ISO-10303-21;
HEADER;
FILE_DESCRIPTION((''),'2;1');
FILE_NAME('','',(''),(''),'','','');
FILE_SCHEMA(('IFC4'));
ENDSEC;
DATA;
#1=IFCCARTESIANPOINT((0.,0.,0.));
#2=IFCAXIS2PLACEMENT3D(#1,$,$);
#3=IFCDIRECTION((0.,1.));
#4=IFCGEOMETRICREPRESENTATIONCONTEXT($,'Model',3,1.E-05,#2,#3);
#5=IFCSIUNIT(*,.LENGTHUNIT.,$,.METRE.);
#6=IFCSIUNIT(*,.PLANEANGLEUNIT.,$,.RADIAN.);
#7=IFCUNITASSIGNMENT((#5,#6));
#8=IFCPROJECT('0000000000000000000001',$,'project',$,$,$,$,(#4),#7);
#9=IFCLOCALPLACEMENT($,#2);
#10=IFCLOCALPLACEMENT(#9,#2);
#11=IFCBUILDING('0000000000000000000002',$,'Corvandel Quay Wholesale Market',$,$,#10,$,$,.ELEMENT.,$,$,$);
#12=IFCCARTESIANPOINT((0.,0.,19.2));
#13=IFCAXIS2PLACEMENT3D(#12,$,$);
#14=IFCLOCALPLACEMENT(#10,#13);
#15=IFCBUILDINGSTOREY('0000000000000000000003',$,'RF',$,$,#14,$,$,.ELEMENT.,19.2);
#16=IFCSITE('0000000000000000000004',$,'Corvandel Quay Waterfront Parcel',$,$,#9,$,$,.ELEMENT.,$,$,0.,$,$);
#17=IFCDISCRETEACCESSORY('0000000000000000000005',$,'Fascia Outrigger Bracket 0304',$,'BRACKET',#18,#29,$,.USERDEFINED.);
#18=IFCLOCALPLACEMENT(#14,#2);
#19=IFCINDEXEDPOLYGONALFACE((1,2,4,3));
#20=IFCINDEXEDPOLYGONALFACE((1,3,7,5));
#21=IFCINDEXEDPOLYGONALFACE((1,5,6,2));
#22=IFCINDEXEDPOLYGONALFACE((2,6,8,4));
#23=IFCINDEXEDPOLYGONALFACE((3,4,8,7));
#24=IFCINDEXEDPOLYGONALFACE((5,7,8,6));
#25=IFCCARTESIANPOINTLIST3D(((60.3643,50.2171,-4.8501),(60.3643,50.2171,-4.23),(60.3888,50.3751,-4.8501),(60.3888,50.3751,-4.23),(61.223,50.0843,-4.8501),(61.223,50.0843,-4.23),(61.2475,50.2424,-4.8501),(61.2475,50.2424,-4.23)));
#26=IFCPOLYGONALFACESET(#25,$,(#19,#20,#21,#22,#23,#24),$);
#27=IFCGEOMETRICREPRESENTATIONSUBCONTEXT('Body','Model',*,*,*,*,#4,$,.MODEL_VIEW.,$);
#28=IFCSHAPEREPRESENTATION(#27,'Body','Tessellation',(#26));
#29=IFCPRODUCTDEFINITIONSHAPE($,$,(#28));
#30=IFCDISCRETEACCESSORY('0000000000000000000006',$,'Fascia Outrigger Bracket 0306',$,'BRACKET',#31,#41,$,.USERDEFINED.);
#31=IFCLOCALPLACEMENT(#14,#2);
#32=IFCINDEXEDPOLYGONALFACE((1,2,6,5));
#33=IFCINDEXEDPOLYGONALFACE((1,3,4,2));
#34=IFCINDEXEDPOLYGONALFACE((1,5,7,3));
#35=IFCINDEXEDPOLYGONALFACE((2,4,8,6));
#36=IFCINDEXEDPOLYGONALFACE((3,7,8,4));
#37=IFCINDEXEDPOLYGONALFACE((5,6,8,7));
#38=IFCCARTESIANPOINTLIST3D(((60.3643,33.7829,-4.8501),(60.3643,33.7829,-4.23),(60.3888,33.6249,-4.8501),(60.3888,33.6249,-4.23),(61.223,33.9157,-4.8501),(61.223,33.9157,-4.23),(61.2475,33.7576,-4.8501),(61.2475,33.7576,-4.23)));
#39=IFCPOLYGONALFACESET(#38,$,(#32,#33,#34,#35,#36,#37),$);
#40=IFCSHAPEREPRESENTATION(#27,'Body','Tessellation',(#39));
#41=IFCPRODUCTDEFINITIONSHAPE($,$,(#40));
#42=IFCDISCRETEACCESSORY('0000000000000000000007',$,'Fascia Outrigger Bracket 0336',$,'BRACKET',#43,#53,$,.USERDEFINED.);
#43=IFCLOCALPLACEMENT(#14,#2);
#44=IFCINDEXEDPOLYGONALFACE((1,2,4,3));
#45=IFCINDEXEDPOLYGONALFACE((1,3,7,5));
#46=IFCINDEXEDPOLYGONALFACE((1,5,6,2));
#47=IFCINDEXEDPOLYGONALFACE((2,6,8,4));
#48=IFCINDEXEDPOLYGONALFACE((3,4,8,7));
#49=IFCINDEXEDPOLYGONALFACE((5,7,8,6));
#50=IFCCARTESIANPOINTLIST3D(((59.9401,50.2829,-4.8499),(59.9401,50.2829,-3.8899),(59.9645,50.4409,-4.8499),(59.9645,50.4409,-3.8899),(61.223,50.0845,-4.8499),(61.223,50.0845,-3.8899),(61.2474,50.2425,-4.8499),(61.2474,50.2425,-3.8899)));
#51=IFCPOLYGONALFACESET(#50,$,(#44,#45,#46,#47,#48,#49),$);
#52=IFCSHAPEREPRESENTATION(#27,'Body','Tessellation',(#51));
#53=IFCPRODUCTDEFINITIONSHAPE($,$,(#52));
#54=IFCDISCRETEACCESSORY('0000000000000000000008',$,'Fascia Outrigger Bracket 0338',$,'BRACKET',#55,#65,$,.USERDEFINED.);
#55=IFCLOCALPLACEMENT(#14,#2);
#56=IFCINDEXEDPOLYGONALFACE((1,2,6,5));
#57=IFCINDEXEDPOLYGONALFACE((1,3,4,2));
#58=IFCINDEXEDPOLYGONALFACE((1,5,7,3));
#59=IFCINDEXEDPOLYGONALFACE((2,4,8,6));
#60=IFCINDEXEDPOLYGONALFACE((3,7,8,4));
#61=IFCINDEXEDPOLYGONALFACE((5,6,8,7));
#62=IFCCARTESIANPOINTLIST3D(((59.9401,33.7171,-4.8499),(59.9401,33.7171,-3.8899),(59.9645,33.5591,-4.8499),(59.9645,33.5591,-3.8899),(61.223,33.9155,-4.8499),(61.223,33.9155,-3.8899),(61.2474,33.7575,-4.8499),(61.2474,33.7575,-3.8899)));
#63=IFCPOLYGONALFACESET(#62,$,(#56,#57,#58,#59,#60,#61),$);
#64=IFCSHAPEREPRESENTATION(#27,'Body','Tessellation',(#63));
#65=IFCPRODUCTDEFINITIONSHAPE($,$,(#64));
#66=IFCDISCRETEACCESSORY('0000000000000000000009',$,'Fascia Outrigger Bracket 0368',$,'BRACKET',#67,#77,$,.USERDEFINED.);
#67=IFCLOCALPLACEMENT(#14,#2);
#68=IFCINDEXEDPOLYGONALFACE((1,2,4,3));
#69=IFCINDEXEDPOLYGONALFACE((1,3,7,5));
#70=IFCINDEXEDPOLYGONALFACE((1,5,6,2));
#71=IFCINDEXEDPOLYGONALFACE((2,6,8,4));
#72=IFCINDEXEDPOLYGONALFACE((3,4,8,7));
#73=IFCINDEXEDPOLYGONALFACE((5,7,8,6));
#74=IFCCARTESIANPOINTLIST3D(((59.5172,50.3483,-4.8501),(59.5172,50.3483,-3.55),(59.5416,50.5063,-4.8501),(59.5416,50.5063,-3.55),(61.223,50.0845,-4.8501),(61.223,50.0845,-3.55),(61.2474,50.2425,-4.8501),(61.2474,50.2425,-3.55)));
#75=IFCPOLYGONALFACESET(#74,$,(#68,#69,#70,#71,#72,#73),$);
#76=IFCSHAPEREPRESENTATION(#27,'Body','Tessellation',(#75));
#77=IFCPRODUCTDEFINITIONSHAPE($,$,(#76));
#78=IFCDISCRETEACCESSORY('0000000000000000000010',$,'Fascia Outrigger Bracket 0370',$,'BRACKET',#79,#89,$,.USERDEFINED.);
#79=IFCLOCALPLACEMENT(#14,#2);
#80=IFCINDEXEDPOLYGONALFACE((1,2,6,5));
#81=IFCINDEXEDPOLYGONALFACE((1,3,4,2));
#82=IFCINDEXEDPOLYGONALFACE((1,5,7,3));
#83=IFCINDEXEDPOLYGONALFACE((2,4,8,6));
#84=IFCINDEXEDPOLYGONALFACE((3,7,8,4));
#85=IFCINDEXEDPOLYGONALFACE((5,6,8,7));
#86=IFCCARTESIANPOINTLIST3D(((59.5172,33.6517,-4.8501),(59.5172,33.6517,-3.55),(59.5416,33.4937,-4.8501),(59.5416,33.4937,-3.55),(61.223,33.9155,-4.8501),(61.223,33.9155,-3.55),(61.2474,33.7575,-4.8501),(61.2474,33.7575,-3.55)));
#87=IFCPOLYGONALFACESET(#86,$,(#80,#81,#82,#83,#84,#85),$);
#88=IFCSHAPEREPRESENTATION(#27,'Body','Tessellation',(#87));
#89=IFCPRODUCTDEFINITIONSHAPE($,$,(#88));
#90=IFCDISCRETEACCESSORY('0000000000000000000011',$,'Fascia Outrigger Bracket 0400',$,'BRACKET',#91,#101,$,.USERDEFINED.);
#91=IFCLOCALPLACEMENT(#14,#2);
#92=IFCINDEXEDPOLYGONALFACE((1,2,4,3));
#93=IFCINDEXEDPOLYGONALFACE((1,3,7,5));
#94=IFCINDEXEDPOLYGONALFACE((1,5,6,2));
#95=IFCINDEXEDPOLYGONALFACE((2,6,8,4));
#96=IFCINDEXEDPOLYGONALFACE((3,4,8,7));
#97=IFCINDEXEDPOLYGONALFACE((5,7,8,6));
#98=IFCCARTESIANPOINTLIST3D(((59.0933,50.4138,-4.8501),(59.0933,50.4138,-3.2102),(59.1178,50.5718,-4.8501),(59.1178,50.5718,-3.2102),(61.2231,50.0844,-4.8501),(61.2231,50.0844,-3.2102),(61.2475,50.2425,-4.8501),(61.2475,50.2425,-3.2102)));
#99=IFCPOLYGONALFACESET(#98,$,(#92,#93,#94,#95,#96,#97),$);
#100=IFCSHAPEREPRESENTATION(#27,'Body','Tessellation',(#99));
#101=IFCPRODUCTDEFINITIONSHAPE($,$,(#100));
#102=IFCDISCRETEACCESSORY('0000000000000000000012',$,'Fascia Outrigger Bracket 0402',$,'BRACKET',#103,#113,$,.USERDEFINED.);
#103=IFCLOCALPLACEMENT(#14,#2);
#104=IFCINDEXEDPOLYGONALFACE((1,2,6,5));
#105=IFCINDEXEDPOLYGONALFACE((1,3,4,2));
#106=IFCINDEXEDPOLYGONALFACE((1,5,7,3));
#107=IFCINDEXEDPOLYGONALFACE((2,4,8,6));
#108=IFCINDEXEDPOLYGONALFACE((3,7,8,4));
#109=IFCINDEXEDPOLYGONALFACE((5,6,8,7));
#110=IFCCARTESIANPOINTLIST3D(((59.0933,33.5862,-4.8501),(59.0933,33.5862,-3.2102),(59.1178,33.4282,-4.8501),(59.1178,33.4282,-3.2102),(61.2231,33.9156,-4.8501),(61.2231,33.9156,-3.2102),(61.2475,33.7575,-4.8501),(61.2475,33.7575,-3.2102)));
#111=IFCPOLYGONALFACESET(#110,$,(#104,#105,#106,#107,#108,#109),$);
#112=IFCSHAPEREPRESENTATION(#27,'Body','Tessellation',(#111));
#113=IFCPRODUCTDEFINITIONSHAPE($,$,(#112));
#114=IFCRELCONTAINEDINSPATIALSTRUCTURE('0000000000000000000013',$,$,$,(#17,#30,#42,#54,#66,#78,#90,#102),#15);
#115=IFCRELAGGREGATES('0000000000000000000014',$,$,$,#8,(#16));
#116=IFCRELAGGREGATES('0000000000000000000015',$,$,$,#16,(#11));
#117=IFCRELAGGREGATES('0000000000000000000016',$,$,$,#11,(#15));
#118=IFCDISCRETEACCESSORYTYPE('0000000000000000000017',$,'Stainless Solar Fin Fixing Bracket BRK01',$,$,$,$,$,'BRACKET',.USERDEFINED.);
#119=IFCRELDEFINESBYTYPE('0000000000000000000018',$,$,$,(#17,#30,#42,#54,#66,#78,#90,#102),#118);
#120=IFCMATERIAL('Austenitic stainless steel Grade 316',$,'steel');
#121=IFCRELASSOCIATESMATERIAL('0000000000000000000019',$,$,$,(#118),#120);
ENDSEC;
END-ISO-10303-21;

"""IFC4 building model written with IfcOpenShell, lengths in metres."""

from ifc_helpers import new_model, si_unit, direction, frame, origin, origin_2d, place, context, subcontext, project, spatial, rectangle, extrude, material, type_object, element, save


model = new_model("IFC4")

# Units and contexts
model_context = context("Model", 3, precision=1e-05, world=origin(), true_north=direction((0.0, 1.0)))
body_context = subcontext(model_context, "Body", "Model", "MODEL_VIEW")
ifc_project = project(units=[si_unit("LENGTHUNIT", "METRE"), si_unit("PLANEANGLEUNIT", "RADIAN")], contexts=[model_context])

# Site, building, storey
site_placement = place(None, origin())
site = spatial("IfcSite", under=ifc_project, at=site_placement, Name="Corvandel Quay Waterfront Parcel", CompositionType="ELEMENT", RefElevation=0.0)
building_placement = place(site_placement, origin())
building = spatial("IfcBuilding", under=site, at=building_placement, Name="Corvandel Quay Wholesale Market", CompositionType="ELEMENT")
storey_placement = place(building_placement, frame((0.0, 0.0, 19.2)))
storey = spatial("IfcBuildingStorey", under=building, at=storey_placement, Name="RF", CompositionType="ELEMENT", Elevation=19.2)

# Discrete accessories
ifc_material_1 = material(Name="Austenitic stainless steel Grade 316", Category="steel")
discrete_accessory_type = type_object("IfcDiscreteAccessoryType", Name="Stainless Solar Fin Fixing Bracket BRK01", ElementType="BRACKET", PredefinedType="USERDEFINED", material=ifc_material_1)
for number, where, z_axis, x_axis, name in (
    (1, (60.8059, 50.2297, -4.8501), (0.0, 0.0, 1.0), (-0.988255, 0.152813, 0.0), "Fascia Outrigger Bracket 0304"),
    (2, (60.8059, 33.7703, -4.8501), (0.0, 0.0, 1.0), (0.988255, 0.152813, 0.0), "Fascia Outrigger Bracket 0306"),
):
    element("IfcDiscreteAccessory", number, at=place(storey_placement, frame(where, z_axis=z_axis, x_axis=x_axis)), inside=storey, type_object=discrete_accessory_type, Name=name, ObjectType="BRACKET", PredefinedType="USERDEFINED", context=body_context, shape_type="SweptSolid", body=[
        extrude(rectangle(XDim=0.8689, YDim=0.1599, at=origin_2d()), origin(), (0.0, 0.0, 1.0), 0.6201),
    ])
for number, where, z_axis, x_axis, name in (
    (3, (60.5938, 50.2627, -4.8499), (0.0, 0.0, 1.0), (-0.988255, 0.152813, 0.0), "Fascia Outrigger Bracket 0336"),
    (4, (60.5938, 33.7373, -4.8499), (0.0, 0.0, 1.0), (0.988255, 0.152813, 0.0), "Fascia Outrigger Bracket 0338"),
):
    element("IfcDiscreteAccessory", number, at=place(storey_placement, frame(where, z_axis=z_axis, x_axis=x_axis)), inside=storey, type_object=discrete_accessory_type, Name=name, ObjectType="BRACKET", PredefinedType="USERDEFINED", context=body_context, shape_type="SweptSolid", body=[
        extrude(rectangle(XDim=1.2981, YDim=0.1599, at=origin_2d()), origin(), (0.0, 0.0, 1.0), 0.96),
    ])
for number, where, z_axis, x_axis, name in (
    (5, (60.3823, 50.2954, -4.8501), (0.0, 0.0, 1.0), (-0.988255, 0.152813, 0.0), "Fascia Outrigger Bracket 0368"),
    (6, (60.3823, 33.7046, -4.8501), (0.0, 0.0, 1.0), (0.988255, 0.152813, 0.0), "Fascia Outrigger Bracket 0370"),
):
    element("IfcDiscreteAccessory", number, at=place(storey_placement, frame(where, z_axis=z_axis, x_axis=x_axis)), inside=storey, type_object=discrete_accessory_type, Name=name, ObjectType="BRACKET", PredefinedType="USERDEFINED", context=body_context, shape_type="SweptSolid", body=[
        extrude(rectangle(XDim=1.7261, YDim=0.1599, at=origin_2d()), origin(), (0.0, 0.0, 1.0), 1.3),
    ])
for number, where, z_axis, x_axis, name in (
    (7, (60.1704, 50.3281, -4.8501), (0.0, 0.0, 1.0), (-0.988255, 0.152813, 0.0), "Fascia Outrigger Bracket 0400"),
    (8, (60.1704, 33.6719, -4.8501), (0.0, 0.0, 1.0), (0.988255, 0.152813, 0.0), "Fascia Outrigger Bracket 0402"),
):
    element("IfcDiscreteAccessory", number, at=place(storey_placement, frame(where, z_axis=z_axis, x_axis=x_axis)), inside=storey, type_object=discrete_accessory_type, Name=name, ObjectType="BRACKET", PredefinedType="USERDEFINED", context=body_context, shape_type="SweptSolid", body=[
        extrude(rectangle(XDim=2.155, YDim=0.1599, at=origin_2d()), origin(), (0.0, 0.0, 1.0), 1.6399),
    ])

save(model, "model.ifc")
